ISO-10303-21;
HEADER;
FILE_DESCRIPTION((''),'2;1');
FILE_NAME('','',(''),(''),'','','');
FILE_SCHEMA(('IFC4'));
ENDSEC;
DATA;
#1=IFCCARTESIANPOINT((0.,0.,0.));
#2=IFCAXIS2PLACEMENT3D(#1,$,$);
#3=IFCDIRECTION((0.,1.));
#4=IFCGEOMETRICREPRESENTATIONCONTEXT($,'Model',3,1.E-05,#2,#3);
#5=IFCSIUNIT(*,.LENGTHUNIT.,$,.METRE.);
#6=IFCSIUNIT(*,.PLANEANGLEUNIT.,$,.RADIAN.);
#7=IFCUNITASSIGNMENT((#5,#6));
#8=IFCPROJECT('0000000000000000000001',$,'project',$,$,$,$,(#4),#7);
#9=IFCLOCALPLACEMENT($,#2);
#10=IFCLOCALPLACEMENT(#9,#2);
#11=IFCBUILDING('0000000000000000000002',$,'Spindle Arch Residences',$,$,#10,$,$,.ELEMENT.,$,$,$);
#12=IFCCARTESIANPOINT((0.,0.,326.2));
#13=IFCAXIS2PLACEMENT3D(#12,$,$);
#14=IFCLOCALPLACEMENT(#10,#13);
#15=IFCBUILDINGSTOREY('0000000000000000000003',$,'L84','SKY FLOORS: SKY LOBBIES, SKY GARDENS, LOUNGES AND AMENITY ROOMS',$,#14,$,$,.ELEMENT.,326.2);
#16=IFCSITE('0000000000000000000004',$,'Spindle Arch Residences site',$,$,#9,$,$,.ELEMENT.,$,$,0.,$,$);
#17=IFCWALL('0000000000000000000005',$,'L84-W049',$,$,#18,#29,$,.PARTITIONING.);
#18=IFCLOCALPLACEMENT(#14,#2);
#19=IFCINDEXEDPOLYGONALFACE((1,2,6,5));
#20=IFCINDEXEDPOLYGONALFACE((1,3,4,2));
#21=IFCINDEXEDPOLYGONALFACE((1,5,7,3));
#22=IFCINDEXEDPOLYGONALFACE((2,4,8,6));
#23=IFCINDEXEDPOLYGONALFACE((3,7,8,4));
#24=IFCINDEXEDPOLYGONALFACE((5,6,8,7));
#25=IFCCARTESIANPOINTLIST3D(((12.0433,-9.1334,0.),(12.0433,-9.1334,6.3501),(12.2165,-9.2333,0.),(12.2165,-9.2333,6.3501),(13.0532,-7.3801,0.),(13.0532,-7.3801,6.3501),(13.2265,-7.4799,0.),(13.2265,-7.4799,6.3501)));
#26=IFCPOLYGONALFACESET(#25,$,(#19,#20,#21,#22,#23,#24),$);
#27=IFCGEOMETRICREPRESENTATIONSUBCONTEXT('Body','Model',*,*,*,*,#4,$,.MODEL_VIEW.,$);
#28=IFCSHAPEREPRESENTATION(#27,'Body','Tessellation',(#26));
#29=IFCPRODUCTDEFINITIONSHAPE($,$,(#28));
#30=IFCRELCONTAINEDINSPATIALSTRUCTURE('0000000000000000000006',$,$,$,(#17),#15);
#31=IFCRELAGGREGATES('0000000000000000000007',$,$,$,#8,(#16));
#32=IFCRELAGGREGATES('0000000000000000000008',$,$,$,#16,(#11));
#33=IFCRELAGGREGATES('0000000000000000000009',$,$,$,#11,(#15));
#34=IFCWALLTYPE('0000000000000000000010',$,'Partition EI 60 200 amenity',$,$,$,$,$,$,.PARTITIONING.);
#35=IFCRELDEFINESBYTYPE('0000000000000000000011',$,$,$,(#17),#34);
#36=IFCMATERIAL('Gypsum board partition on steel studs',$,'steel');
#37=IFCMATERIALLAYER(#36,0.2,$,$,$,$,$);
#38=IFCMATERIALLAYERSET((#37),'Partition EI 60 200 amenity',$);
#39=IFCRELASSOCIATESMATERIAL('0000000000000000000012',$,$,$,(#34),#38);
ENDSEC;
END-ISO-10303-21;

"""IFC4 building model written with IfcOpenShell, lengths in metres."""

from ifc_helpers import new_model, si_unit, direction, frame, frame_2d, origin, place, context, subcontext, project, spatial, rectangle, extrude, material, layer, layer_set, type_object, element, save


model = new_model("IFC4")

# Units and contexts
model_context = context("Model", 3, precision=1e-05, world=origin(), true_north=direction((0.0, 1.0)))
body_context = subcontext(model_context, "Body", "Model", "MODEL_VIEW")
ifc_project = project(units=[si_unit("LENGTHUNIT", "METRE"), si_unit("PLANEANGLEUNIT", "RADIAN")], contexts=[model_context])

# Site, building, storey
site_placement = place(None, origin())
site = spatial("IfcSite", under=ifc_project, at=site_placement, Name="Spindle Arch Residences site", CompositionType="ELEMENT", RefElevation=0.0)
building_placement = place(site_placement, origin())
building = spatial("IfcBuilding", under=site, at=building_placement, Name="Spindle Arch Residences", CompositionType="ELEMENT")
storey_placement = place(building_placement, frame((0.0, 0.0, 326.2)))
storey = spatial("IfcBuildingStorey", under=building, at=storey_placement, Name="L84", Description="SKY FLOORS: SKY LOBBIES, SKY GARDENS, LOUNGES AND AMENITY ROOMS", CompositionType="ELEMENT", Elevation=326.2)

# Wall
ifc_material_1 = material(Name="Gypsum board partition on steel studs", Category="steel")
ifc_layer_1 = layer(ifc_material_1, 0.2)
ifc_layer_set_1 = layer_set([ifc_layer_1], Name="Partition EI 60 200 amenity")
wall_type = type_object("IfcWallType", Name="Partition EI 60 200 amenity", PredefinedType="PARTITIONING", material=ifc_layer_set_1)
wall_placement = place(storey_placement, frame((12.1299, -9.1833, 0.0), z_axis=(0.0, 0.0, 1.0), x_axis=(0.499137, 0.866523, 0.0)))
element("IfcWall", 1, at=wall_placement, inside=storey, type_object=wall_type, Name="L84-W049", PredefinedType="PARTITIONING", context=body_context, shape_type="SweptSolid", body=[
    extrude(rectangle(XDim=2.0234, YDim=0.2, at=frame_2d((1.0117, 0.0))), origin(), (0.0, 0.0, 1.0), 6.3501),
])

save(model, "model.ifc")
